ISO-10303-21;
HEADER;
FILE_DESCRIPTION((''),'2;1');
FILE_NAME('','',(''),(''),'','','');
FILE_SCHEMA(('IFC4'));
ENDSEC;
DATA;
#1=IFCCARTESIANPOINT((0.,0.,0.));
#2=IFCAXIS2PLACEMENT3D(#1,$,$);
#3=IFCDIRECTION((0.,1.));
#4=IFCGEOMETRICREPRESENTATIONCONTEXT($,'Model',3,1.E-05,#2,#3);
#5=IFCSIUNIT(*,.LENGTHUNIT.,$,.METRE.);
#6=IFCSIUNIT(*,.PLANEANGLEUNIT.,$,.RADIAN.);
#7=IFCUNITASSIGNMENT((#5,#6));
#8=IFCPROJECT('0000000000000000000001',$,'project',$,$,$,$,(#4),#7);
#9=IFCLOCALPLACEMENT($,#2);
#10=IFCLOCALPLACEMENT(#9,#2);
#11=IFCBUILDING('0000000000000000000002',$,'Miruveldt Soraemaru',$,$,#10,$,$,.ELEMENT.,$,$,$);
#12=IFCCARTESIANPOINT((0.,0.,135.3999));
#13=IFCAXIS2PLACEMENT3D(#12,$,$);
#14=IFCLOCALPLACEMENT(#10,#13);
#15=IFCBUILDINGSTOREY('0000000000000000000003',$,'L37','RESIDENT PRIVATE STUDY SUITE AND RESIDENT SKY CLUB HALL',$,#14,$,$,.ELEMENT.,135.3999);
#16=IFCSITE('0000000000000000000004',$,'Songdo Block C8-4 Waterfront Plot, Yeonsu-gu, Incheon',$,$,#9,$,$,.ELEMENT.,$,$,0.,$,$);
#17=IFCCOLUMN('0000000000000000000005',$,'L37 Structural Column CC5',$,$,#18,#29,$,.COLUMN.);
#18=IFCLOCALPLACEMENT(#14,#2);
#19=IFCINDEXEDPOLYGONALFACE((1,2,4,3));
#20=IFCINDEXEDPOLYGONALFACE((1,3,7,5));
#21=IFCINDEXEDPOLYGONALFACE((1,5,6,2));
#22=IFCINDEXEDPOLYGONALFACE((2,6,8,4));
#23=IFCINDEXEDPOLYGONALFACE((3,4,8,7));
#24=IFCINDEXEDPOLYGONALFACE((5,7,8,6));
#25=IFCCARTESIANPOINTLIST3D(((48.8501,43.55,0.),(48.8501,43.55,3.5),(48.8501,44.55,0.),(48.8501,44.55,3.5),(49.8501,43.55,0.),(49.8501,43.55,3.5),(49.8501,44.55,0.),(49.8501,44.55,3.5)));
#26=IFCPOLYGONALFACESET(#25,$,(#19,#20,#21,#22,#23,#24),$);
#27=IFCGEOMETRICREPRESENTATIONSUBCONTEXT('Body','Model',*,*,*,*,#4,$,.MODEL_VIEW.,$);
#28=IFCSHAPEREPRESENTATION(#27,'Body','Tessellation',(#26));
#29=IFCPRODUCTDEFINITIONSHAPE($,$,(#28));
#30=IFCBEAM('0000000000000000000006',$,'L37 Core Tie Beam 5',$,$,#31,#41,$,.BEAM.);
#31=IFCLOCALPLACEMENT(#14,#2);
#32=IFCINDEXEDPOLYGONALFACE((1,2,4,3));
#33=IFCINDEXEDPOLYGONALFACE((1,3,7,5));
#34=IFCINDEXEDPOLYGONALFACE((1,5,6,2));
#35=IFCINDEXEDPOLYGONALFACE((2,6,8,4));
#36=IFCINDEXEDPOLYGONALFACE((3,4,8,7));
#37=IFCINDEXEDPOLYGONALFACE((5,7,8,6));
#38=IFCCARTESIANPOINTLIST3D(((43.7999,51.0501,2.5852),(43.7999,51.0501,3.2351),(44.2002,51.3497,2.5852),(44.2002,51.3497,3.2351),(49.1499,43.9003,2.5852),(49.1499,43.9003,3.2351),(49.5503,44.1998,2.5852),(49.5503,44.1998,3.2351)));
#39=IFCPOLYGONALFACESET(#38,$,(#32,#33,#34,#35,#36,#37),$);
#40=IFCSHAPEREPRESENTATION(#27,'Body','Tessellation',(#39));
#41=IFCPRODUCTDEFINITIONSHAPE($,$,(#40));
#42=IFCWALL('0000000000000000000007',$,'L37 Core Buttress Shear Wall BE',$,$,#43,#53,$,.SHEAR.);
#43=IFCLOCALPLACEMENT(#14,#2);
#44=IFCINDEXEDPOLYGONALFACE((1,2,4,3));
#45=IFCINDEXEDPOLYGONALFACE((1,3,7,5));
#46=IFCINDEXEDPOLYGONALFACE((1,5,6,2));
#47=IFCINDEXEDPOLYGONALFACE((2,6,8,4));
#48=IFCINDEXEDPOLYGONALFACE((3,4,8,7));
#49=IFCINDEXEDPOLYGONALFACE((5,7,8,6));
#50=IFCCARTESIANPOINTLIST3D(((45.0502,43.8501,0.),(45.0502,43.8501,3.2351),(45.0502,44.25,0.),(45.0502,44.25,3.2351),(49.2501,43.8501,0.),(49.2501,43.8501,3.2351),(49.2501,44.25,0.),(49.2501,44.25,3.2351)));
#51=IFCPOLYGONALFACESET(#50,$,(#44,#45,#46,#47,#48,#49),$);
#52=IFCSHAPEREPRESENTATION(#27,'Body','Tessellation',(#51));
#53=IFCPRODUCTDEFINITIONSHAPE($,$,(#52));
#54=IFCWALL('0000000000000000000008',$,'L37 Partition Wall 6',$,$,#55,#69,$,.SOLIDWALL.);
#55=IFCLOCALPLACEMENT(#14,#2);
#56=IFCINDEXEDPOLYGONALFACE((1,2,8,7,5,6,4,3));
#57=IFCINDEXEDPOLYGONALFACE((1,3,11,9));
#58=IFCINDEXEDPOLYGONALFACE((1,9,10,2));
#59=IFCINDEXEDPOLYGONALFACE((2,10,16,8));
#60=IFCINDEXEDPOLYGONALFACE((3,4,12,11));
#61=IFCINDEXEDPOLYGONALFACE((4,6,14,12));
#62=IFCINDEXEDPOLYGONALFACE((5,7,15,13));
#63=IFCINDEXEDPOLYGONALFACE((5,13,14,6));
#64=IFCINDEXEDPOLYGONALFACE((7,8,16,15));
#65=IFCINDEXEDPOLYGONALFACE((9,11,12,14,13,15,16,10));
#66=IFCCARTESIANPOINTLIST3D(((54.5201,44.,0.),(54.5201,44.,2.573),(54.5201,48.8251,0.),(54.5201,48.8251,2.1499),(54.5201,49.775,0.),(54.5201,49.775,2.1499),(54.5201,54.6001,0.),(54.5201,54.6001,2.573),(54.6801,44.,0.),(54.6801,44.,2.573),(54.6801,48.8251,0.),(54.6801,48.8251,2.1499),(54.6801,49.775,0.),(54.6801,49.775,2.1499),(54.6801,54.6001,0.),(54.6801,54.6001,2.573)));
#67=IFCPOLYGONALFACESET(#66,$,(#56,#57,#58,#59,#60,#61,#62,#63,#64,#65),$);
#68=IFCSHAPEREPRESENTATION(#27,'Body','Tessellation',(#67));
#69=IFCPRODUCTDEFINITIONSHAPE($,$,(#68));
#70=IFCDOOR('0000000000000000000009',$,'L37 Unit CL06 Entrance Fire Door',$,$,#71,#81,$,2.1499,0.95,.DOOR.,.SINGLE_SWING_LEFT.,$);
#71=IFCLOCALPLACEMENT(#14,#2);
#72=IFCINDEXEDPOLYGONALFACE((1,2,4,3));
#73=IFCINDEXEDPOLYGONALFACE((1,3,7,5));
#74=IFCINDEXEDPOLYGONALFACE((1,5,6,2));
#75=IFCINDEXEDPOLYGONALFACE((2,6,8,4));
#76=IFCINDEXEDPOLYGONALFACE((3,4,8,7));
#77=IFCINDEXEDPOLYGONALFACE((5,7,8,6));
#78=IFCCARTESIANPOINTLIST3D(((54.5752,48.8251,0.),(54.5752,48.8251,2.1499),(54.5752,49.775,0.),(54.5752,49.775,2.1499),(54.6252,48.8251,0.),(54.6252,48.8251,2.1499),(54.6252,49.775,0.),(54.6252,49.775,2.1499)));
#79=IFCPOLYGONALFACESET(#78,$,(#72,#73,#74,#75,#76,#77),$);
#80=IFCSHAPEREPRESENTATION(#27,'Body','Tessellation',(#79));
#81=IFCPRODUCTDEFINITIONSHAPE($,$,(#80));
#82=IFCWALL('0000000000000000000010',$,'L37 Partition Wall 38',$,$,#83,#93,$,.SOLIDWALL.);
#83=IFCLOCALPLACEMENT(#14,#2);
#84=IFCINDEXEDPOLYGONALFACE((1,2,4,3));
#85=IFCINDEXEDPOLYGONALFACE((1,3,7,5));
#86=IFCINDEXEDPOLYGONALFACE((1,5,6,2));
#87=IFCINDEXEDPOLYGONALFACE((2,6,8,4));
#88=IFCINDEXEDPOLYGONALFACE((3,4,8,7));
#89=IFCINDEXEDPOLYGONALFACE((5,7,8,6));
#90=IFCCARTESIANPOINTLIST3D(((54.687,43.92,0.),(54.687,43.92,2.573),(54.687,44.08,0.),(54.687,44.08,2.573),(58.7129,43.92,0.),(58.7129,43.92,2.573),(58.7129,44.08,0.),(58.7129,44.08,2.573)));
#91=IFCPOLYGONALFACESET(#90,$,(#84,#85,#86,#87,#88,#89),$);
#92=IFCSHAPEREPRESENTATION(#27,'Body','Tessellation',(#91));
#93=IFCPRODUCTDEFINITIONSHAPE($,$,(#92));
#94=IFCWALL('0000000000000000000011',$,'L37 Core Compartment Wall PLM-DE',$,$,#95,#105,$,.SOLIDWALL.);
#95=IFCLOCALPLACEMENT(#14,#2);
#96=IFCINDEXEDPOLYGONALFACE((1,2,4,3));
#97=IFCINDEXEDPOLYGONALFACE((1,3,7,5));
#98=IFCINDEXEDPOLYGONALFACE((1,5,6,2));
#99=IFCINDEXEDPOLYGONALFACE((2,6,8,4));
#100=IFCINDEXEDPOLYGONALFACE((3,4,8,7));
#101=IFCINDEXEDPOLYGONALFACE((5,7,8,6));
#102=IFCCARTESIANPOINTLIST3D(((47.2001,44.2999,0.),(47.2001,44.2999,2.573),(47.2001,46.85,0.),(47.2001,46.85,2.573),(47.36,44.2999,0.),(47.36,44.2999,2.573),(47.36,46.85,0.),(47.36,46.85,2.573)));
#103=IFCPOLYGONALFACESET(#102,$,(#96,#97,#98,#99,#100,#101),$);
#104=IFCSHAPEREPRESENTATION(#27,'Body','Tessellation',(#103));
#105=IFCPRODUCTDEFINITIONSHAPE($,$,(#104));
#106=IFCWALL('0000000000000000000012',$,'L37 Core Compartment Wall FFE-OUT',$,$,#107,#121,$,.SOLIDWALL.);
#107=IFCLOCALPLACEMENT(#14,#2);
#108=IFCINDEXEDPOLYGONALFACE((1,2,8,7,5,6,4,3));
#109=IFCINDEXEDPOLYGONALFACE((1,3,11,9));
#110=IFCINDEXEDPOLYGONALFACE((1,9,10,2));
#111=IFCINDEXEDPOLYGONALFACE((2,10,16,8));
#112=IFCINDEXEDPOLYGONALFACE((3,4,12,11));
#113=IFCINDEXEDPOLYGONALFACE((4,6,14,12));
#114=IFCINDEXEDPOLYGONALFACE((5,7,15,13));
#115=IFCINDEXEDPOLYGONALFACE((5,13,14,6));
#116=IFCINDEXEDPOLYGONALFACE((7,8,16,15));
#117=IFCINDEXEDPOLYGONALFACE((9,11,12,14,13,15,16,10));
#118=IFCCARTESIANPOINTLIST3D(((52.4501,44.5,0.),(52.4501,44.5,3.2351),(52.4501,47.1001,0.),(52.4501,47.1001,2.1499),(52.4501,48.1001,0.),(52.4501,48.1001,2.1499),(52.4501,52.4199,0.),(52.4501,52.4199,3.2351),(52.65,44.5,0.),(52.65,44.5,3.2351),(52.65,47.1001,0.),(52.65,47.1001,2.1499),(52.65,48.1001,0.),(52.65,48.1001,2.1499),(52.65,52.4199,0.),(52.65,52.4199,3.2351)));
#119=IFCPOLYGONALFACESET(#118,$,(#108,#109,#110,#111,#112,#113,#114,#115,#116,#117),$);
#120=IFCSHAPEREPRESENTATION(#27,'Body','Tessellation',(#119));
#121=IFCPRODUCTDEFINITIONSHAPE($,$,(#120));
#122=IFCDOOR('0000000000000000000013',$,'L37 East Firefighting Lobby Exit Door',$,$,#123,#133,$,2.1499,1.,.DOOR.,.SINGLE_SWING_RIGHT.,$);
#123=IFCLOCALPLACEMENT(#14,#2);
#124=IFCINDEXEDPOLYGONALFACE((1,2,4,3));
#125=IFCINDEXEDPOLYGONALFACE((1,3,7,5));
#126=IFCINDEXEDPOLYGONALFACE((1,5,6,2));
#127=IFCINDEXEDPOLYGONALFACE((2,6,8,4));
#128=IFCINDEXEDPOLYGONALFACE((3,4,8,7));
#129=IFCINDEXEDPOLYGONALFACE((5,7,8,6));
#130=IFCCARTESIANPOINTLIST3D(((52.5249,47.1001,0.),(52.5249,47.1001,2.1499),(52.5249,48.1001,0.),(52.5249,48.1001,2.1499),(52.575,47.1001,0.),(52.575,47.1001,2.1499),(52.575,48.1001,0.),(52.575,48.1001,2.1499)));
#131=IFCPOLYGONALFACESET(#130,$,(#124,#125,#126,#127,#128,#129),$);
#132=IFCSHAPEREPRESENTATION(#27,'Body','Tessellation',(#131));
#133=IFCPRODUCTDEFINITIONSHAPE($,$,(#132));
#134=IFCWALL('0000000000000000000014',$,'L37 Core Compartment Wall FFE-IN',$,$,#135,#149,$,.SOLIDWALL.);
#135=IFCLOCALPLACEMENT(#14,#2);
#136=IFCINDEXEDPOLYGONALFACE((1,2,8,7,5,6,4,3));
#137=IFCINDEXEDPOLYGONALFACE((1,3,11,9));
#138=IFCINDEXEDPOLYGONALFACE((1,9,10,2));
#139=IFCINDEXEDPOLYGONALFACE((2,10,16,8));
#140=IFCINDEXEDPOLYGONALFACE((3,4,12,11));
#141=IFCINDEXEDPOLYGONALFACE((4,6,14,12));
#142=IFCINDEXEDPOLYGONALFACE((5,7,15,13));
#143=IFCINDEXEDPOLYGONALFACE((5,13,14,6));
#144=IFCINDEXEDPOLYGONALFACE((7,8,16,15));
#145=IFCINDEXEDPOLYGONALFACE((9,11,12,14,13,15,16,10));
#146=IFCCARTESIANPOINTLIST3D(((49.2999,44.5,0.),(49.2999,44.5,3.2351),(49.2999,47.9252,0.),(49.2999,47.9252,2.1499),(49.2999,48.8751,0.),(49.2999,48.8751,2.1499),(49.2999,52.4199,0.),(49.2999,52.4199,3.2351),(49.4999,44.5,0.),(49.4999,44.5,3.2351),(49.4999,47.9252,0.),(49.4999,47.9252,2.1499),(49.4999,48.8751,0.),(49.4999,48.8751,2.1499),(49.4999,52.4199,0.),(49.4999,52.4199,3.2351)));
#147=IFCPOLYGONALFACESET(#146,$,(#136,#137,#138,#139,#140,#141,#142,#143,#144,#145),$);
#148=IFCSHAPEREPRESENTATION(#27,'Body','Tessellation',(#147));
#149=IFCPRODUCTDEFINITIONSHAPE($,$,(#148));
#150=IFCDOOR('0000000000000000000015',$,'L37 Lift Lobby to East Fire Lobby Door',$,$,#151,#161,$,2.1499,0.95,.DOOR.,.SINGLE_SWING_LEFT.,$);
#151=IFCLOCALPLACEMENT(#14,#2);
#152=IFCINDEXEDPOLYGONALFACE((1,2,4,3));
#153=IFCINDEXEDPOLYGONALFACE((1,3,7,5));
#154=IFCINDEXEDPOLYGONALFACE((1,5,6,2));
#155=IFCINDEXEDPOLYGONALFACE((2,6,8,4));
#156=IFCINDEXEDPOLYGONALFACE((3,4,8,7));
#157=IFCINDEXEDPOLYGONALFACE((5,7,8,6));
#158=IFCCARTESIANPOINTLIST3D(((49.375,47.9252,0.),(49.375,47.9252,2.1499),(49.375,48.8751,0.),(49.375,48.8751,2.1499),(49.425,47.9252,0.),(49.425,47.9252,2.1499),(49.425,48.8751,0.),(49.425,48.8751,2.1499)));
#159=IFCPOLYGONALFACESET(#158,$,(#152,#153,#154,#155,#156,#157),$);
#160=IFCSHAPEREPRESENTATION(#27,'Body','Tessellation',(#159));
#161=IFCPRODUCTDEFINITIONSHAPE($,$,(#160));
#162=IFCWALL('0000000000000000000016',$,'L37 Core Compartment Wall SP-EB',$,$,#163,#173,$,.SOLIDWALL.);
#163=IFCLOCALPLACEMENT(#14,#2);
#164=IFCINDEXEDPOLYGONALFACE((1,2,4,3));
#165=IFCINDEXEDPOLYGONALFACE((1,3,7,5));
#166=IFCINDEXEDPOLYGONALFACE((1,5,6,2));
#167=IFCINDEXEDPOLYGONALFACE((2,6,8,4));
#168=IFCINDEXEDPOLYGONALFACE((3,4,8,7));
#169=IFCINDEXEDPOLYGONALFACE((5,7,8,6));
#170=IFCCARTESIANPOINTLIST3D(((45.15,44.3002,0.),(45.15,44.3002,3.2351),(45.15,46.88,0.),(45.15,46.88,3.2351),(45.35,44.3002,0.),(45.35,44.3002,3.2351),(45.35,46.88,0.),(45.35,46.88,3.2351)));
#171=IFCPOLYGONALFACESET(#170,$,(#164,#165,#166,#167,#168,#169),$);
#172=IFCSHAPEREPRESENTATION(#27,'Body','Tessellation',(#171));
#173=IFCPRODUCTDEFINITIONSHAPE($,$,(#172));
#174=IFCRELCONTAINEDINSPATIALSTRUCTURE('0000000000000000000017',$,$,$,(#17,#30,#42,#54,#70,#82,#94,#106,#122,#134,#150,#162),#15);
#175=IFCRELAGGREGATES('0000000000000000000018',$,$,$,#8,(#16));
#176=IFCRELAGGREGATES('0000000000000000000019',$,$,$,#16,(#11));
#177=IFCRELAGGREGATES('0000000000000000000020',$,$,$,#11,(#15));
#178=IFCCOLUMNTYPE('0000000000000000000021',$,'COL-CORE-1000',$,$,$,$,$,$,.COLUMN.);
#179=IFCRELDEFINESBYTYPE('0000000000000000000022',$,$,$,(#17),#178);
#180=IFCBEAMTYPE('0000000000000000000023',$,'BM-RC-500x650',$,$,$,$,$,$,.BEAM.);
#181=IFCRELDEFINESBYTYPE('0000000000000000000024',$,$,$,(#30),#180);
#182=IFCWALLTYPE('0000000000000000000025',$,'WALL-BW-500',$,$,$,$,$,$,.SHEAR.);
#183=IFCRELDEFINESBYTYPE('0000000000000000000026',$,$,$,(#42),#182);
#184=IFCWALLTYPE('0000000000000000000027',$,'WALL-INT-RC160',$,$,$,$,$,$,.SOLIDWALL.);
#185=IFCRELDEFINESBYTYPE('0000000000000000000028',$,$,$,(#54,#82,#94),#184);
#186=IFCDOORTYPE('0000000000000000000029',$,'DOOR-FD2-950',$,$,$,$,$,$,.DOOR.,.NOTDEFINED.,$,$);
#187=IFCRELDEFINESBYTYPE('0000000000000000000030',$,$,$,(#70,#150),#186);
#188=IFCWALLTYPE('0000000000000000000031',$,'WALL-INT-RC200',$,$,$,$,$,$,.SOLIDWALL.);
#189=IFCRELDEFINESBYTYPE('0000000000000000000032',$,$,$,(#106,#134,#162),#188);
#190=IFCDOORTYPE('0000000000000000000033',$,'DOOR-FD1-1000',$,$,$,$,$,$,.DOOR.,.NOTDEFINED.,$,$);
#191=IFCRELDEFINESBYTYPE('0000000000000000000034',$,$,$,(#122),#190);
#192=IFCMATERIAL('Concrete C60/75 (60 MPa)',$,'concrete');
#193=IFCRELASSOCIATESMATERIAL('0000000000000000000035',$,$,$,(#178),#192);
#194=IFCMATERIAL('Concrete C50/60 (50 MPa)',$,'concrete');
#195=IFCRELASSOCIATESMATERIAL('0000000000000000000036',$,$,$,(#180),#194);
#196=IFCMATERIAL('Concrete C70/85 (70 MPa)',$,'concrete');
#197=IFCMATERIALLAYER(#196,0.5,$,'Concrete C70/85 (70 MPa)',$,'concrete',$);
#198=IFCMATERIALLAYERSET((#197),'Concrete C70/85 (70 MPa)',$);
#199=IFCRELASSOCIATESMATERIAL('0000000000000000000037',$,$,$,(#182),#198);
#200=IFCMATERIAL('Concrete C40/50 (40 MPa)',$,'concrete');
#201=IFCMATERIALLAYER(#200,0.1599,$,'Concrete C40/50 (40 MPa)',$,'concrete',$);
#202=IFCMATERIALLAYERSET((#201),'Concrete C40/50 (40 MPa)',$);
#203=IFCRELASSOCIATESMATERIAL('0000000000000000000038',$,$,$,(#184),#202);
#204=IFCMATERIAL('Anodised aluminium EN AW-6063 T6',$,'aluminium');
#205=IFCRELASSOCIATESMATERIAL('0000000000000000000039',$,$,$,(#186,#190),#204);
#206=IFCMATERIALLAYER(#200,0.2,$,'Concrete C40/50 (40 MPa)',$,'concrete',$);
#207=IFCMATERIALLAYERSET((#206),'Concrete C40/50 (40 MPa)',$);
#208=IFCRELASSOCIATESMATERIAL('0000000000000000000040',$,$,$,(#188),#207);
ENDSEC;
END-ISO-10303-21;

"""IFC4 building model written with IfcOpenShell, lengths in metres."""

from ifc_helpers import new_model, si_unit, direction, frame, frame_2d, origin, origin_2d, place, context, subcontext, project, spatial, rectangle, extrude, material, layer, layer_set, material_profile, profile_set, type_object, element, fill, save


model = new_model("IFC4")

# Units and contexts
model_context = context("Model", 3, precision=1e-05, world=origin(), true_north=direction((0.0, 1.0)))
body_context = subcontext(model_context, "Body", "Model", "MODEL_VIEW")
ifc_project = project(units=[si_unit("LENGTHUNIT", "METRE"), si_unit("PLANEANGLEUNIT", "RADIAN")], contexts=[model_context])

# Site, building, storey
site_placement = place(None, origin())
site = spatial("IfcSite", under=ifc_project, at=site_placement, Name="Songdo Block C8-4 Waterfront Plot, Yeonsu-gu, Incheon", CompositionType="ELEMENT", RefElevation=0.0)
building_placement = place(site_placement, origin())
building = spatial("IfcBuilding", under=site, at=building_placement, Name="Miruveldt Soraemaru", CompositionType="ELEMENT")
storey_placement = place(building_placement, frame((0.0, 0.0, 135.3999)))
storey = spatial("IfcBuildingStorey", under=building, at=storey_placement, Name="L37", Description="RESIDENT PRIVATE STUDY SUITE AND RESIDENT SKY CLUB HALL", CompositionType="ELEMENT", Elevation=135.3999)

# Column
ifc_material_1 = material(Name="Concrete C60/75 (60 MPa)", Category="concrete")
ifc_material_profile_1 = material_profile(ifc_material_1, rectangle(XDim=1.0, YDim=1.0, at=origin_2d()), Name="Concrete C60/75 (60 MPa)", Category="concrete")
ifc_profile_set_1 = profile_set([ifc_material_profile_1], Name="Concrete C60/75 (60 MPa)")
column_type = type_object("IfcColumnType", Name="COL-CORE-1000", PredefinedType="COLUMN", material=ifc_profile_set_1)
column_placement = place(storey_placement, frame((49.3501, 44.05, 0.0), z_axis=(0.0, 0.0, 1.0), x_axis=(1.0, 0.0, 0.0)))
element("IfcColumn", 1, at=column_placement, inside=storey, type_object=column_type, Name="L37 Structural Column CC5", PredefinedType="COLUMN", context=body_context, shape_type="SweptSolid", body=[
    extrude(rectangle(XDim=1.0, YDim=1.0, at=origin_2d()), origin(), (0.0, 0.0, 1.0), 3.5),
])

# Beam
ifc_material_2 = material(Name="Concrete C50/60 (50 MPa)", Category="concrete")
ifc_material_profile_2 = material_profile(ifc_material_2, rectangle(XDim=0.5, YDim=0.6499, at=origin_2d()), Name="Concrete C50/60 (50 MPa)", Category="concrete")
ifc_profile_set_2 = profile_set([ifc_material_profile_2], Name="Concrete C50/60 (50 MPa)")
beam_type = type_object("IfcBeamType", Name="BM-RC-500x650", PredefinedType="BEAM", material=ifc_profile_set_2)
beam_placement = place(storey_placement, frame((49.3501, 44.05, 2.9102), z_axis=(-0.599116, 0.800662, 0.0), x_axis=(-0.800662, -0.599116, 0.0)))
element("IfcBeam", 2, at=beam_placement, inside=storey, type_object=beam_type, Name="L37 Core Tie Beam 5", PredefinedType="BEAM", context=body_context, shape_type="SweptSolid", body=[
    extrude(rectangle(XDim=0.5, YDim=0.6499, at=origin_2d()), origin(), (0.0, 0.0, 1.0), 8.9299),
])

# Wall
ifc_material_3 = material(Name="Concrete C70/85 (70 MPa)", Category="concrete")
ifc_layer_1 = layer(ifc_material_3, 0.5, Name="Concrete C70/85 (70 MPa)", Category="concrete")
ifc_layer_set_1 = layer_set([ifc_layer_1], Name="Concrete C70/85 (70 MPa)")
wall_type_1 = type_object("IfcWallType", Name="WALL-BW-500", PredefinedType="SHEAR", material=ifc_layer_set_1)
wall_1_placement = place(storey_placement, frame((45.05, 44.05, 0.0), z_axis=(0.0, 0.0, 1.0), x_axis=(1.0, 0.0, 0.0)))
element("IfcWall", 3, at=wall_1_placement, inside=storey, type_object=wall_type_1, Name="L37 Core Buttress Shear Wall BE", PredefinedType="SHEAR", context=body_context, shape_type="SweptSolid", body=[
    extrude(rectangle(XDim=4.2, YDim=0.3999, at=frame_2d((2.1001, 0.0))), origin(), (0.0, 0.0, 1.0), 3.2351),
])

# Wall, opening, door
ifc_material_4 = material(Name="Concrete C40/50 (40 MPa)", Category="concrete")
ifc_layer_2 = layer(ifc_material_4, 0.1599, Name="Concrete C40/50 (40 MPa)", Category="concrete")
ifc_layer_set_2 = layer_set([ifc_layer_2], Name="Concrete C40/50 (40 MPa)")
wall_type_2 = type_object("IfcWallType", Name="WALL-INT-RC160", PredefinedType="SOLIDWALL", material=ifc_layer_set_2)
wall_2_placement = place(storey_placement, frame((54.6001, 44.0, 0.0), z_axis=(0.0, 0.0, 1.0), x_axis=(0.0, 1.0, 0.0)))
wall_2 = element("IfcWall", 4, at=wall_2_placement, inside=storey, type_object=wall_type_2, Name="L37 Partition Wall 6", PredefinedType="SOLIDWALL", context=body_context, shape_type="SweptSolid", body=[
    extrude(rectangle(XDim=10.6001, YDim=0.1599, at=frame_2d((5.3, 0.0))), origin(), (0.0, 0.0, 1.0), 2.573),
])
opening_1_placement = place(wall_2_placement, frame((4.825, 0.0, 0.0)))
opening_1 = element("IfcOpeningElement", 5, at=opening_1_placement, cuts=wall_2, PredefinedType="OPENING", context=body_context, shape_type="SweptSolid", body=[
    extrude(rectangle(XDim=0.95, YDim=2.1499, at=frame_2d((0.4751, 1.075))), frame((0.0, 0.0898, 0.0), z_axis=(0.0, -1.0, 0.0), x_axis=(1.0, 0.0, 0.0)), (0.0, 0.0, 1.0), 0.1799),
])
ifc_material_5 = material(Name="Anodised aluminium EN AW-6063 T6", Category="aluminium")
door_type_1 = type_object("IfcDoorType", Name="DOOR-FD2-950", OperationType="NOTDEFINED", PredefinedType="DOOR", material=ifc_material_5)
door_1_placement = place(opening_1_placement, origin())
door_1 = element("IfcDoor", 6, at=door_1_placement, inside=storey, type_object=door_type_1, Name="L37 Unit CL06 Entrance Fire Door", OperationType="SINGLE_SWING_LEFT", OverallHeight=2.1499, OverallWidth=0.95, PredefinedType="DOOR", context=body_context, shape_type="SweptSolid", body=[
    extrude(rectangle(XDim=0.95, YDim=2.1499, at=frame_2d((0.4751, 1.075))), frame((0.0, 0.0249, 0.0), z_axis=(0.0, -1.0, 0.0), x_axis=(1.0, 0.0, 0.0)), (0.0, 0.0, 1.0), 0.05),
])
fill(opening_1, door_1)

# Walls
wall_3_placement = place(storey_placement, frame((54.687, 44.0, 0.0), z_axis=(0.0, 0.0, 1.0), x_axis=(1.0, 0.0, 0.0)))
element("IfcWall", 7, at=wall_3_placement, inside=storey, type_object=wall_type_2, Name="L37 Partition Wall 38", PredefinedType="SOLIDWALL", context=body_context, shape_type="SweptSolid", body=[
    extrude(rectangle(XDim=4.0259, YDim=0.1599, at=frame_2d((2.0129, 0.0))), origin(), (0.0, 0.0, 1.0), 2.573),
])
wall_4_placement = place(storey_placement, frame((47.28, 44.3, 0.0), z_axis=(0.0, 0.0, 1.0), x_axis=(0.0, 1.0, 0.0)))
element("IfcWall", 8, at=wall_4_placement, inside=storey, type_object=wall_type_2, Name="L37 Core Compartment Wall PLM-DE", PredefinedType="SOLIDWALL", context=body_context, shape_type="SweptSolid", body=[
    extrude(rectangle(XDim=2.55, YDim=0.1599, at=frame_2d((1.2749, 0.0))), origin(), (0.0, 0.0, 1.0), 2.573),
])

# Walls, openings, doors
ifc_layer_3 = layer(ifc_material_4, 0.2, Name="Concrete C40/50 (40 MPa)", Category="concrete")
ifc_layer_set_3 = layer_set([ifc_layer_3], Name="Concrete C40/50 (40 MPa)")
wall_type_3 = type_object("IfcWallType", Name="WALL-INT-RC200", PredefinedType="SOLIDWALL", material=ifc_layer_set_3)
wall_5_placement = place(storey_placement, frame((52.55, 44.5, 0.0), z_axis=(0.0, 0.0, 1.0), x_axis=(0.0, 1.0, 0.0)))
wall_5 = element("IfcWall", 9, at=wall_5_placement, inside=storey, type_object=wall_type_3, Name="L37 Core Compartment Wall FFE-OUT", PredefinedType="SOLIDWALL", context=body_context, shape_type="SweptSolid", body=[
    extrude(rectangle(XDim=7.9199, YDim=0.2, at=frame_2d((3.96, 0.0))), origin(), (0.0, 0.0, 1.0), 3.2351),
])
opening_2_placement = place(wall_5_placement, frame((2.6001, 0.0, 0.0)))
opening_2 = element("IfcOpeningElement", 10, at=opening_2_placement, cuts=wall_5, PredefinedType="OPENING", context=body_context, shape_type="SweptSolid", body=[
    extrude(rectangle(XDim=1.0, YDim=2.1499, at=frame_2d((0.5, 1.075))), frame((0.0, 0.1099, 0.0), z_axis=(0.0, -1.0, 0.0), x_axis=(1.0, 0.0, 0.0)), (0.0, 0.0, 1.0), 0.22),
])
door_type_2 = type_object("IfcDoorType", Name="DOOR-FD1-1000", OperationType="NOTDEFINED", PredefinedType="DOOR", material=ifc_material_5)
door_2_placement = place(opening_2_placement, frame((1.0, 0.0, 0.0), z_axis=(0.0, 0.0, 1.0), x_axis=(-1.0, 0.0, 0.0)))
door_2 = element("IfcDoor", 11, at=door_2_placement, inside=storey, type_object=door_type_2, Name="L37 East Firefighting Lobby Exit Door", OperationType="SINGLE_SWING_RIGHT", OverallHeight=2.1499, OverallWidth=1.0, PredefinedType="DOOR", context=body_context, shape_type="SweptSolid", body=[
    extrude(rectangle(XDim=1.0, YDim=2.1499, at=frame_2d((0.5, 1.075))), frame((0.0, 0.0249, 0.0), z_axis=(0.0, -1.0, 0.0), x_axis=(1.0, 0.0, 0.0)), (0.0, 0.0, 1.0), 0.05),
])
fill(opening_2, door_2)
wall_6_placement = place(storey_placement, frame((49.3999, 44.5, 0.0), z_axis=(0.0, 0.0, 1.0), x_axis=(0.0, 1.0, 0.0)))
wall_6 = element("IfcWall", 12, at=wall_6_placement, inside=storey, type_object=wall_type_3, Name="L37 Core Compartment Wall FFE-IN", PredefinedType="SOLIDWALL", context=body_context, shape_type="SweptSolid", body=[
    extrude(rectangle(XDim=7.9199, YDim=0.2, at=frame_2d((3.96, 0.0))), origin(), (0.0, 0.0, 1.0), 3.2351),
])
opening_3_placement = place(wall_6_placement, frame((3.425, 0.0, 0.0)))
opening_3 = element("IfcOpeningElement", 13, at=opening_3_placement, cuts=wall_6, PredefinedType="OPENING", context=body_context, shape_type="SweptSolid", body=[
    extrude(rectangle(XDim=0.95, YDim=2.1499, at=frame_2d((0.4751, 1.075))), frame((0.0, 0.1099, 0.0), z_axis=(0.0, -1.0, 0.0), x_axis=(1.0, 0.0, 0.0)), (0.0, 0.0, 1.0), 0.22),
])
door_3_placement = place(opening_3_placement, origin())
door_3 = element("IfcDoor", 14, at=door_3_placement, inside=storey, type_object=door_type_1, Name="L37 Lift Lobby to East Fire Lobby Door", OperationType="SINGLE_SWING_LEFT", OverallHeight=2.1499, OverallWidth=0.95, PredefinedType="DOOR", context=body_context, shape_type="SweptSolid", body=[
    extrude(rectangle(XDim=0.95, YDim=2.1499, at=frame_2d((0.4751, 1.075))), frame((0.0, 0.0249, 0.0), z_axis=(0.0, -1.0, 0.0), x_axis=(1.0, 0.0, 0.0)), (0.0, 0.0, 1.0), 0.05),
])
fill(opening_3, door_3)

# Wall
wall_7_placement = place(storey_placement, frame((45.25, 44.3, 0.0), z_axis=(0.0, 0.0, 1.0), x_axis=(0.0, 1.0, 0.0)))
element("IfcWall", 15, at=wall_7_placement, inside=storey, type_object=wall_type_3, Name="L37 Core Compartment Wall SP-EB", PredefinedType="SOLIDWALL", context=body_context, shape_type="SweptSolid", body=[
    extrude(rectangle(XDim=2.5798, YDim=0.2, at=frame_2d((1.29, 0.0))), origin(), (0.0, 0.0, 1.0), 3.2351),
])

save(model, "model.ifc")
